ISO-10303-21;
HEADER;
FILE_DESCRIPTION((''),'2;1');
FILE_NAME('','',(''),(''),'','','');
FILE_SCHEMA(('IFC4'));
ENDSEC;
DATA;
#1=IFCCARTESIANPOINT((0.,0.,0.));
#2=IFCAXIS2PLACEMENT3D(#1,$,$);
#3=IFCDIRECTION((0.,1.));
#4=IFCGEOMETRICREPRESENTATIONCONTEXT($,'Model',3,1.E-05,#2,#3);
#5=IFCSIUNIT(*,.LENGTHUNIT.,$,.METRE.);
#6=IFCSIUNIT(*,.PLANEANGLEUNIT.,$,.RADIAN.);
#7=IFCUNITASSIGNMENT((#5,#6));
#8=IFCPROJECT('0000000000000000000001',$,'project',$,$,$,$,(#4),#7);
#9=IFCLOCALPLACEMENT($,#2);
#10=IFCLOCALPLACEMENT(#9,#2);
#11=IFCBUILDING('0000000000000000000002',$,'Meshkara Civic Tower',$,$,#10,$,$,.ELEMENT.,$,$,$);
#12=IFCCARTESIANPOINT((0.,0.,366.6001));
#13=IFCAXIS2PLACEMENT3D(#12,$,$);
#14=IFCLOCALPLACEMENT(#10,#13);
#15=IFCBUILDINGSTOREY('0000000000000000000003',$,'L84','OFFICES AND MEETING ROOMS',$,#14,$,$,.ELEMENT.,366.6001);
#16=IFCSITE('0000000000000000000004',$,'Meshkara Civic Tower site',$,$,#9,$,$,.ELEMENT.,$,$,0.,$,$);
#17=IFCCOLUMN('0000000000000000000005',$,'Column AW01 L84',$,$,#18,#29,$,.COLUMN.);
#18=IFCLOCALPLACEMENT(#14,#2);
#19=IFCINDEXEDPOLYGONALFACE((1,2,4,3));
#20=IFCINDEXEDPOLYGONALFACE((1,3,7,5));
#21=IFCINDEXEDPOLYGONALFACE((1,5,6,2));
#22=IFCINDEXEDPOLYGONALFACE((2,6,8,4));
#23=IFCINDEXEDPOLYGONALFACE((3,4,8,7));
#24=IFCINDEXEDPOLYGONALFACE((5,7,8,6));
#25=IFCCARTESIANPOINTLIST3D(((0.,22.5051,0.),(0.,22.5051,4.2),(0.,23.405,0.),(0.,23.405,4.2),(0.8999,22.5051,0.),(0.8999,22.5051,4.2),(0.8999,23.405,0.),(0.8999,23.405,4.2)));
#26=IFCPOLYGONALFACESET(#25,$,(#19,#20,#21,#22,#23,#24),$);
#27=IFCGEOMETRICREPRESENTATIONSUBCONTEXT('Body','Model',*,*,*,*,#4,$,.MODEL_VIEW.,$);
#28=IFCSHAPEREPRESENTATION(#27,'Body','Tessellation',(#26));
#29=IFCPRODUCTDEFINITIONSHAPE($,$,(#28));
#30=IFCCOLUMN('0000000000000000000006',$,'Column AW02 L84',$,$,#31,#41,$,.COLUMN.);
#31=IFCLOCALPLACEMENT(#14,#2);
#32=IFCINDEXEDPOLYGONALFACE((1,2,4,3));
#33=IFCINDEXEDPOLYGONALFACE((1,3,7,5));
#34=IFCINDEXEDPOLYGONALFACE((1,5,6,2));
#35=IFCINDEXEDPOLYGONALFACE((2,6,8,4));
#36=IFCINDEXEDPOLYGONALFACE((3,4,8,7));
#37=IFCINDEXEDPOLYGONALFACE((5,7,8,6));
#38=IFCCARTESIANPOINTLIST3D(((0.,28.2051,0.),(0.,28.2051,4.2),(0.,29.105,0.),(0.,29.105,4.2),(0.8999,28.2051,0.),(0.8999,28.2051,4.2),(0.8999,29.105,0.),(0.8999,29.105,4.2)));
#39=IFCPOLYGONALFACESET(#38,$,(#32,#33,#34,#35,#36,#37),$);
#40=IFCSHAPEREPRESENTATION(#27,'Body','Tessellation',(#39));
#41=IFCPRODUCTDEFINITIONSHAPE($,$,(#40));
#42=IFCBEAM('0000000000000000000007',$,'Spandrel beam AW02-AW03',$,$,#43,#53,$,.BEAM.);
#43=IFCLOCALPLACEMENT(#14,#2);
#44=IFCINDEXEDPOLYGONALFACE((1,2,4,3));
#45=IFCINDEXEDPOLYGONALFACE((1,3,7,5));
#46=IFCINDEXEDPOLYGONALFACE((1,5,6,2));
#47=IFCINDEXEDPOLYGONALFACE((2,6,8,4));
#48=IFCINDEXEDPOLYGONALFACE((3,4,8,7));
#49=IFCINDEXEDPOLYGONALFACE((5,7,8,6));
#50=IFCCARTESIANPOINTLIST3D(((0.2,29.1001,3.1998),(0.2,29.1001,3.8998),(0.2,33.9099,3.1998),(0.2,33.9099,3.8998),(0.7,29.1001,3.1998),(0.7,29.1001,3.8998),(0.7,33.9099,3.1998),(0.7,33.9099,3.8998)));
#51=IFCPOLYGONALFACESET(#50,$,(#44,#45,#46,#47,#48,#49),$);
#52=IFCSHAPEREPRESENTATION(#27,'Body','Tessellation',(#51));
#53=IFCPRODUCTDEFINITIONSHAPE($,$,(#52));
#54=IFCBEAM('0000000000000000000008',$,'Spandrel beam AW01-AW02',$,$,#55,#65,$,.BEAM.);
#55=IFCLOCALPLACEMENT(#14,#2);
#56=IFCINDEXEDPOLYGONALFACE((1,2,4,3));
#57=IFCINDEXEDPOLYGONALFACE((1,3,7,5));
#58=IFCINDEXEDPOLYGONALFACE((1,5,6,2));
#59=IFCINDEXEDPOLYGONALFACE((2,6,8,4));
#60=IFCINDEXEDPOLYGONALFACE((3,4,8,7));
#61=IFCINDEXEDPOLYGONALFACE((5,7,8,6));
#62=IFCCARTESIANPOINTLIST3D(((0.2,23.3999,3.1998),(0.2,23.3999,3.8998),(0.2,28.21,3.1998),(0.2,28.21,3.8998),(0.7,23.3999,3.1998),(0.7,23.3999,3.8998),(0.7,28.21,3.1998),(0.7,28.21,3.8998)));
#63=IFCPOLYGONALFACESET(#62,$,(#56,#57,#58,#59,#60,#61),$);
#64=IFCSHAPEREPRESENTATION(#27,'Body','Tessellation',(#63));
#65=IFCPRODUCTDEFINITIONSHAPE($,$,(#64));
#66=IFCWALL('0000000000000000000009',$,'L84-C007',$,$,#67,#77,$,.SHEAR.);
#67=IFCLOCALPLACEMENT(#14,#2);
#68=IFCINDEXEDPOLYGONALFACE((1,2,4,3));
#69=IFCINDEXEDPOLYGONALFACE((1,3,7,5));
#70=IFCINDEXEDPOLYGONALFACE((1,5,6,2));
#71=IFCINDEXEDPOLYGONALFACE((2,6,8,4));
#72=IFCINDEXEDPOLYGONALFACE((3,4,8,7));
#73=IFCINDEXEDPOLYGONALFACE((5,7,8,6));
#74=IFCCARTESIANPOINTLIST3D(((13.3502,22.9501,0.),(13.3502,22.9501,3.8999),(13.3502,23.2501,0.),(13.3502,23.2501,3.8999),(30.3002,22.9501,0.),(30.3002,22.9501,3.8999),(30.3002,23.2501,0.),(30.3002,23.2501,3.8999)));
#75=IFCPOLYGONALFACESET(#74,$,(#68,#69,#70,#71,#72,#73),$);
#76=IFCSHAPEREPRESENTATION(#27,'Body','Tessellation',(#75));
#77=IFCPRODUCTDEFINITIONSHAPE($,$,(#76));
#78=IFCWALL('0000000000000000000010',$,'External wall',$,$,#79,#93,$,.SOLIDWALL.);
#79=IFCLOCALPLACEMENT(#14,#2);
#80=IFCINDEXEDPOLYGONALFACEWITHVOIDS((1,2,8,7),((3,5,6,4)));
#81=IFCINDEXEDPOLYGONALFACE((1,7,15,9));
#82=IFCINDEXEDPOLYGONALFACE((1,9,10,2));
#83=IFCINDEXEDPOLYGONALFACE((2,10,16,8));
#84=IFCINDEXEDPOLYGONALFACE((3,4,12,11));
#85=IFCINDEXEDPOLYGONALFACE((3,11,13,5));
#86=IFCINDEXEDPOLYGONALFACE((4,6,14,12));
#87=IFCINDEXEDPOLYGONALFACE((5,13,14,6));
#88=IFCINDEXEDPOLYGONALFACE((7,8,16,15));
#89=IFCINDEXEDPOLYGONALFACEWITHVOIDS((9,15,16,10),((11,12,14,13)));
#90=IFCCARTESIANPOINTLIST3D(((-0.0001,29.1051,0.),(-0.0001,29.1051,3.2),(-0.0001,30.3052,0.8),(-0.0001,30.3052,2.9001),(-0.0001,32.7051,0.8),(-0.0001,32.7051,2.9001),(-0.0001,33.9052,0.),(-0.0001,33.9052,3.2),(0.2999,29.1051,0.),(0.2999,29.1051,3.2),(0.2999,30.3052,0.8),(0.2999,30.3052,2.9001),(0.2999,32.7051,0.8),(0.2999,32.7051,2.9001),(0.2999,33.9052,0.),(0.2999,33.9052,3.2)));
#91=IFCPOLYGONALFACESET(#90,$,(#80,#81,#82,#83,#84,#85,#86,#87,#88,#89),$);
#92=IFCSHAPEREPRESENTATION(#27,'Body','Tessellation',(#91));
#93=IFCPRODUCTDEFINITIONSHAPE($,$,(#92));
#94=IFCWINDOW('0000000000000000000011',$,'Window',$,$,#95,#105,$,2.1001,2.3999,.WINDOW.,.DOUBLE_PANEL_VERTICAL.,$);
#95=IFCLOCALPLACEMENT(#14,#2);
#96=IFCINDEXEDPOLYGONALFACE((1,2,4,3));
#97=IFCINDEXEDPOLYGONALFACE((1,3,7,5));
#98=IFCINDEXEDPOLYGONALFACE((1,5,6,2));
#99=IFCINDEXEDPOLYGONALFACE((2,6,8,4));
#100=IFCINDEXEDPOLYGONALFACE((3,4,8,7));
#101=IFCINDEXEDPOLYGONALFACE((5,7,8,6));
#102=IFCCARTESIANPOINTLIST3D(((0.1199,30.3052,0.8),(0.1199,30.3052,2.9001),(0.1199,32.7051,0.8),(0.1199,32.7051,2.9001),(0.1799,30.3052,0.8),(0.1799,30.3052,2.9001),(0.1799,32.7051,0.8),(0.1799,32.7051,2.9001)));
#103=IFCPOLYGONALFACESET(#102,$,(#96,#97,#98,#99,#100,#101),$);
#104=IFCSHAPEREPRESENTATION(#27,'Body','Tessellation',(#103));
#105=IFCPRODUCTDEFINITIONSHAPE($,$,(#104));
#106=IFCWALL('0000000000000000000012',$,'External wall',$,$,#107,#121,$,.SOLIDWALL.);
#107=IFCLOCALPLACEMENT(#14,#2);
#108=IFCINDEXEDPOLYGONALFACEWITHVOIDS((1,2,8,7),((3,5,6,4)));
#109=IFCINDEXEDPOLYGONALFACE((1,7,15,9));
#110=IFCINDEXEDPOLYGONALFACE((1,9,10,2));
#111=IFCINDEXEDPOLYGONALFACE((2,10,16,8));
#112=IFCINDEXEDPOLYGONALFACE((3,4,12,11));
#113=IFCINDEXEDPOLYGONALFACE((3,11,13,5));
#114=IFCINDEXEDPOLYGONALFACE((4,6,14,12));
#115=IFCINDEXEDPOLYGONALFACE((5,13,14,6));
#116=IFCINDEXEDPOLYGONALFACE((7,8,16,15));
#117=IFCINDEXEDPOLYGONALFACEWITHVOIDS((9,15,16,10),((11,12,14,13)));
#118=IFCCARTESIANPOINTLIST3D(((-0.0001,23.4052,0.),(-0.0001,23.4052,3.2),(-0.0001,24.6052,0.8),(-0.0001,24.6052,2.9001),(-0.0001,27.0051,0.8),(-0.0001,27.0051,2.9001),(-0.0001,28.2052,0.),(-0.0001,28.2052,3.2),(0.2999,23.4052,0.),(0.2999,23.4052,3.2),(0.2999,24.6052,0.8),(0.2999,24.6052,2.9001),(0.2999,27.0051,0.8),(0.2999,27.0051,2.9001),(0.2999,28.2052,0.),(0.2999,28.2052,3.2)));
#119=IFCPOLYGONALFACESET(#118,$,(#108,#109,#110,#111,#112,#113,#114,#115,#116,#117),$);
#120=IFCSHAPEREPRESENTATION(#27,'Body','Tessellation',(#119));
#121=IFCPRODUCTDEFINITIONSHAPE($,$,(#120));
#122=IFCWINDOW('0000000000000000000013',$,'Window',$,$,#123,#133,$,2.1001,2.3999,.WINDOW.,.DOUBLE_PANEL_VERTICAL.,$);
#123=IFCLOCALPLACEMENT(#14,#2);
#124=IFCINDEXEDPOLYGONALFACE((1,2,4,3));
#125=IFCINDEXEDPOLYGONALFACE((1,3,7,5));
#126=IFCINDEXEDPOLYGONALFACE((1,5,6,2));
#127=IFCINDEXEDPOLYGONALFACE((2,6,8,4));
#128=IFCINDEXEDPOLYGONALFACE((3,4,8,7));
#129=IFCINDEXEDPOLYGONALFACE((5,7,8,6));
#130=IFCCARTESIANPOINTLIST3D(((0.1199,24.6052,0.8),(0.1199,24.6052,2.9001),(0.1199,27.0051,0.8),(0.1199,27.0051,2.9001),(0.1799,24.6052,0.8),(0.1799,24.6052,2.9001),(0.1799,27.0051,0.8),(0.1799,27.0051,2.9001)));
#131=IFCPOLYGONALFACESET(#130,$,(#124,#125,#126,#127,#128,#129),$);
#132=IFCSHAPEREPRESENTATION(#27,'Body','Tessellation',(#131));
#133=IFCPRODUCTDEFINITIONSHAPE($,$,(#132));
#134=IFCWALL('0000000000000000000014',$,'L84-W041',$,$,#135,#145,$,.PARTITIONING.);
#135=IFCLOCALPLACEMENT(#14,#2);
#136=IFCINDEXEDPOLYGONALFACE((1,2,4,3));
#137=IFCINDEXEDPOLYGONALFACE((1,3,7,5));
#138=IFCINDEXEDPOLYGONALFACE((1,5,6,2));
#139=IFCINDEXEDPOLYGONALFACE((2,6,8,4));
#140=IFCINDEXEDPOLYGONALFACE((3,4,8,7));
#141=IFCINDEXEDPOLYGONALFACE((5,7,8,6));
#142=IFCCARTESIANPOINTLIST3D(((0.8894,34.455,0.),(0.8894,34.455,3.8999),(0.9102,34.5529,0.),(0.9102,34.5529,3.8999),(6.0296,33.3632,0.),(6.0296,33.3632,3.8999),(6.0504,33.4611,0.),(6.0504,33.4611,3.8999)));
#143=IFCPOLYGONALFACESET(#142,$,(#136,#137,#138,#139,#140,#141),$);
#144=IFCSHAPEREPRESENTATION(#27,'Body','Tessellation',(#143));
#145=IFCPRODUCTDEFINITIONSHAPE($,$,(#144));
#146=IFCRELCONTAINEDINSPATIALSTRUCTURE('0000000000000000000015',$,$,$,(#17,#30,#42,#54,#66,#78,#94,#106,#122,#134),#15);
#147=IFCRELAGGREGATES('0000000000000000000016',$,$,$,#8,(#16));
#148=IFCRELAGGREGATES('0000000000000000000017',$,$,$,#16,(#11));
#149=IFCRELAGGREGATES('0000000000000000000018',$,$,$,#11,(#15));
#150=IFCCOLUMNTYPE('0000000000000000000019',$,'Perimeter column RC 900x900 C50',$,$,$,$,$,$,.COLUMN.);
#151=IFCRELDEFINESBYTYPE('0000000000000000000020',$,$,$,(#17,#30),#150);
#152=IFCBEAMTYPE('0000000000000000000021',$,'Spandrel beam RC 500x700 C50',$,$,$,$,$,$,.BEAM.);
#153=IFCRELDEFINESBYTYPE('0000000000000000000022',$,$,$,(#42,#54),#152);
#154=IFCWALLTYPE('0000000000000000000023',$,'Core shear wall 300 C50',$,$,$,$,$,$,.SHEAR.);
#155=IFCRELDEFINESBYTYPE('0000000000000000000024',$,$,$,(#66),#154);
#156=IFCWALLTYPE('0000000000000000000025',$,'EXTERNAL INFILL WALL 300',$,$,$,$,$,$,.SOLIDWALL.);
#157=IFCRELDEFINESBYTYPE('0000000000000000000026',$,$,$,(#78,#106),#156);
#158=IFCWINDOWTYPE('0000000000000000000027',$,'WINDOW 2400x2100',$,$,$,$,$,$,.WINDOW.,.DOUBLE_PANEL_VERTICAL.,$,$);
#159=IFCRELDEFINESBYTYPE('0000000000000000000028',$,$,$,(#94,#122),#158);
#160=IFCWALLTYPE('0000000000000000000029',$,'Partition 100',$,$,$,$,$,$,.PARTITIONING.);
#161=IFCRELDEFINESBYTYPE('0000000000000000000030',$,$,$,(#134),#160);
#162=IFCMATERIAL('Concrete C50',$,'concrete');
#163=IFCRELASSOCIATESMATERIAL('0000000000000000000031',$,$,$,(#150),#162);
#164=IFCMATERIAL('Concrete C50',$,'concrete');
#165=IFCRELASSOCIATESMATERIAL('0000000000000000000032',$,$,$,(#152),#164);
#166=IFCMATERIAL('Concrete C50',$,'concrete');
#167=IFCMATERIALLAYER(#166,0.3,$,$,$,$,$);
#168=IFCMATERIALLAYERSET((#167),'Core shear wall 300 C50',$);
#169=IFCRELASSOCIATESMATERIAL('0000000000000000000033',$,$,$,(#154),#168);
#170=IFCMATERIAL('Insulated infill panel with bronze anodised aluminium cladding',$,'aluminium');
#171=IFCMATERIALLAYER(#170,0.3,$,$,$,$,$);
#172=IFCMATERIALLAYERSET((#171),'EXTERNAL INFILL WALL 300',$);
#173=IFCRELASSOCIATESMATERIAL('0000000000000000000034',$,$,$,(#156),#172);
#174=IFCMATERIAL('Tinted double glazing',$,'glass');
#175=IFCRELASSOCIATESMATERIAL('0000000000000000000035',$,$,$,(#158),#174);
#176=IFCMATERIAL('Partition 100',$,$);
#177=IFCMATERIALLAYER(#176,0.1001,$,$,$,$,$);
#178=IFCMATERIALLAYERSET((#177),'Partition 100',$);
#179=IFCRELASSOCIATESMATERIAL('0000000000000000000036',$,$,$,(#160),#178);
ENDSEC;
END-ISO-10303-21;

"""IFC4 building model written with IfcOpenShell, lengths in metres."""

from ifc_helpers import new_model, si_unit, direction, frame, frame_2d, origin, origin_2d, place, context, subcontext, project, spatial, rectangle, extrude, material, layer, layer_set, material_profile, profile_set, type_object, element, fill, save


model = new_model("IFC4")

# Units and contexts
model_context = context("Model", 3, precision=1e-05, world=origin(), true_north=direction((0.0, 1.0)))
body_context = subcontext(model_context, "Body", "Model", "MODEL_VIEW")
ifc_project = project(units=[si_unit("LENGTHUNIT", "METRE"), si_unit("PLANEANGLEUNIT", "RADIAN")], contexts=[model_context])

# Site, building, storey
site_placement = place(None, origin())
site = spatial("IfcSite", under=ifc_project, at=site_placement, Name="Meshkara Civic Tower site", CompositionType="ELEMENT", RefElevation=0.0)
building_placement = place(site_placement, origin())
building = spatial("IfcBuilding", under=site, at=building_placement, Name="Meshkara Civic Tower", CompositionType="ELEMENT")
storey_placement = place(building_placement, frame((0.0, 0.0, 366.6001)))
storey = spatial("IfcBuildingStorey", under=building, at=storey_placement, Name="L84", Description="OFFICES AND MEETING ROOMS", CompositionType="ELEMENT", Elevation=366.6001)

# Columns
ifc_material_1 = material(Name="Concrete C50", Category="concrete")
ifc_material_profile_1 = material_profile(ifc_material_1, rectangle(XDim=0.8999, YDim=0.8999, at=origin_2d()))
ifc_profile_set_1 = profile_set([ifc_material_profile_1], Name="Concrete C50")
column_type = type_object("IfcColumnType", Name="Perimeter column RC 900x900 C50", PredefinedType="COLUMN", material=ifc_profile_set_1)
for number, where, z_axis, x_axis, name in (
    (1, (0.45, 22.9551, 0.0), (0.0, 0.0, 1.0), (1.0, 0.0, 0.0), "Column AW01 L84"),
    (2, (0.45, 28.655, 0.0), (0.0, 0.0, 1.0), (1.0, 0.0, 0.0), "Column AW02 L84"),
):
    element("IfcColumn", number, at=place(storey_placement, frame(where, z_axis=z_axis, x_axis=x_axis)), inside=storey, type_object=column_type, Name=name, PredefinedType="COLUMN", context=body_context, shape_type="SweptSolid", body=[
        extrude(rectangle(XDim=0.8999, YDim=0.8999, at=origin_2d()), origin(), (0.0, 0.0, 1.0), 4.2),
    ])

# Beams
ifc_material_2 = material(Name="Concrete C50", Category="concrete")
ifc_material_profile_2 = material_profile(ifc_material_2, rectangle(XDim=0.5, YDim=0.7, at=origin_2d()))
ifc_profile_set_2 = profile_set([ifc_material_profile_2], Name="Concrete C50")
beam_type = type_object("IfcBeamType", Name="Spandrel beam RC 500x700 C50", PredefinedType="BEAM", material=ifc_profile_set_2)
beam_1_placement = place(storey_placement, frame((0.45, 33.9099, 3.5498), z_axis=(0.0, -1.0, 0.0), x_axis=(1.0, 0.0, 0.0)))
element("IfcBeam", 3, at=beam_1_placement, inside=storey, type_object=beam_type, Name="Spandrel beam AW02-AW03", PredefinedType="BEAM", context=body_context, shape_type="SweptSolid", body=[
    extrude(rectangle(XDim=0.5, YDim=0.7, at=origin_2d()), origin(), (0.0, 0.0, 1.0), 4.8098),
])
beam_2_placement = place(storey_placement, frame((0.45, 28.21, 3.5498), z_axis=(0.0, -1.0, 0.0), x_axis=(1.0, 0.0, 0.0)))
element("IfcBeam", 4, at=beam_2_placement, inside=storey, type_object=beam_type, Name="Spandrel beam AW01-AW02", PredefinedType="BEAM", context=body_context, shape_type="SweptSolid", body=[
    extrude(rectangle(XDim=0.5, YDim=0.7, at=origin_2d()), origin(), (0.0, 0.0, 1.0), 4.8101),
])

# Wall
ifc_material_3 = material(Name="Concrete C50", Category="concrete")
ifc_layer_1 = layer(ifc_material_3, 0.3)
ifc_layer_set_1 = layer_set([ifc_layer_1], Name="Core shear wall 300 C50")
wall_type_1 = type_object("IfcWallType", Name="Core shear wall 300 C50", PredefinedType="SHEAR", material=ifc_layer_set_1)
wall_1_placement = place(storey_placement, frame((13.3501, 23.1001, 0.0), z_axis=(0.0, 0.0, 1.0), x_axis=(1.0, 0.0, 0.0)))
element("IfcWall", 5, at=wall_1_placement, inside=storey, type_object=wall_type_1, Name="L84-C007", PredefinedType="SHEAR", context=body_context, shape_type="SweptSolid", body=[
    extrude(rectangle(XDim=16.95, YDim=0.3, at=frame_2d((8.4751, 0.0))), origin(), (0.0, 0.0, 1.0), 3.8999),
])

# Walls, openings, windows
ifc_material_4 = material(Name="Insulated infill panel with bronze anodised aluminium cladding", Category="aluminium")
ifc_layer_2 = layer(ifc_material_4, 0.3)
ifc_layer_set_2 = layer_set([ifc_layer_2], Name="EXTERNAL INFILL WALL 300")
wall_type_2 = type_object("IfcWallType", Name="EXTERNAL INFILL WALL 300", PredefinedType="SOLIDWALL", material=ifc_layer_set_2)
wall_2_placement = place(storey_placement, frame((0.1499, 33.905, 0.0), z_axis=(0.0, 0.0, 1.0), x_axis=(0.0, -1.0, 0.0)))
wall_2 = element("IfcWall", 6, at=wall_2_placement, inside=storey, type_object=wall_type_2, Name="External wall", PredefinedType="SOLIDWALL", context=body_context, shape_type="SweptSolid", body=[
    extrude(rectangle(XDim=4.8, YDim=0.3, at=frame_2d((2.3999, 0.0))), origin(), (0.0, 0.0, 1.0), 3.2),
])
opening_1_placement = place(wall_2_placement, frame((1.2, 0.0, 0.8)))
opening_1 = element("IfcOpeningElement", 7, at=opening_1_placement, cuts=wall_2, PredefinedType="OPENING", context=body_context, shape_type="SweptSolid", body=[
    extrude(rectangle(XDim=2.3999, YDim=2.1001, at=frame_2d((1.2, 1.05))), frame((0.0, 0.1599, 0.0), z_axis=(0.0, -1.0, 0.0), x_axis=(1.0, 0.0, 0.0)), (0.0, 0.0, 1.0), 0.3201),
])
ifc_material_5 = material(Name="Tinted double glazing", Category="glass")
window_type = type_object("IfcWindowType", Name="WINDOW 2400x2100", PartitioningType="DOUBLE_PANEL_VERTICAL", PredefinedType="WINDOW", material=ifc_material_5)
window_1_placement = place(opening_1_placement, origin())
window_1 = element("IfcWindow", 8, at=window_1_placement, inside=storey, type_object=window_type, Name="Window", OverallHeight=2.1001, OverallWidth=2.3999, PartitioningType="DOUBLE_PANEL_VERTICAL", PredefinedType="WINDOW", context=body_context, shape_type="SweptSolid", body=[
    extrude(rectangle(XDim=2.3999, YDim=2.1001, at=frame_2d((1.2, 1.05))), frame((0.0, 0.03, 0.0), z_axis=(0.0, -1.0, 0.0), x_axis=(1.0, 0.0, 0.0)), (0.0, 0.0, 1.0), 0.0601),
])
fill(opening_1, window_1)
wall_3_placement = place(storey_placement, frame((0.1499, 28.2051, 0.0), z_axis=(0.0, 0.0, 1.0), x_axis=(0.0, -1.0, 0.0)))
wall_3 = element("IfcWall", 9, at=wall_3_placement, inside=storey, type_object=wall_type_2, Name="External wall", PredefinedType="SOLIDWALL", context=body_context, shape_type="SweptSolid", body=[
    extrude(rectangle(XDim=4.8, YDim=0.3, at=frame_2d((2.3999, 0.0))), origin(), (0.0, 0.0, 1.0), 3.2),
])
opening_2_placement = place(wall_3_placement, frame((1.2, 0.0, 0.8)))
opening_2 = element("IfcOpeningElement", 10, at=opening_2_placement, cuts=wall_3, PredefinedType="OPENING", context=body_context, shape_type="SweptSolid", body=[
    extrude(rectangle(XDim=2.3999, YDim=2.1001, at=frame_2d((1.2, 1.05))), frame((0.0, 0.1599, 0.0), z_axis=(0.0, -1.0, 0.0), x_axis=(1.0, 0.0, 0.0)), (0.0, 0.0, 1.0), 0.3201),
])
window_2_placement = place(opening_2_placement, origin())
window_2 = element("IfcWindow", 11, at=window_2_placement, inside=storey, type_object=window_type, Name="Window", OverallHeight=2.1001, OverallWidth=2.3999, PartitioningType="DOUBLE_PANEL_VERTICAL", PredefinedType="WINDOW", context=body_context, shape_type="SweptSolid", body=[
    extrude(rectangle(XDim=2.3999, YDim=2.1001, at=frame_2d((1.2, 1.05))), frame((0.0, 0.03, 0.0), z_axis=(0.0, -1.0, 0.0), x_axis=(1.0, 0.0, 0.0)), (0.0, 0.0, 1.0), 0.0601),
])
fill(opening_2, window_2)

# Wall
ifc_material_6 = material(Name="Partition 100")
ifc_layer_3 = layer(ifc_material_6, 0.1001)
ifc_layer_set_3 = layer_set([ifc_layer_3], Name="Partition 100")
wall_type_3 = type_object("IfcWallType", Name="Partition 100", PredefinedType="PARTITIONING", material=ifc_layer_set_3)
wall_4_placement = place(storey_placement, frame((6.04, 33.4121, 0.0), z_axis=(0.0, 0.0, 1.0), x_axis=(-0.978178, 0.207771, 0.0)))
element("IfcWall", 12, at=wall_4_placement, inside=storey, type_object=wall_type_3, Name="L84-W041", PredefinedType="PARTITIONING", context=body_context, shape_type="SweptSolid", body=[
    extrude(rectangle(XDim=5.2549, YDim=0.1001, at=frame_2d((2.6274, 0.0))), origin(), (0.0, 0.0, 1.0), 3.8999),
])

save(model, "model.ifc")
